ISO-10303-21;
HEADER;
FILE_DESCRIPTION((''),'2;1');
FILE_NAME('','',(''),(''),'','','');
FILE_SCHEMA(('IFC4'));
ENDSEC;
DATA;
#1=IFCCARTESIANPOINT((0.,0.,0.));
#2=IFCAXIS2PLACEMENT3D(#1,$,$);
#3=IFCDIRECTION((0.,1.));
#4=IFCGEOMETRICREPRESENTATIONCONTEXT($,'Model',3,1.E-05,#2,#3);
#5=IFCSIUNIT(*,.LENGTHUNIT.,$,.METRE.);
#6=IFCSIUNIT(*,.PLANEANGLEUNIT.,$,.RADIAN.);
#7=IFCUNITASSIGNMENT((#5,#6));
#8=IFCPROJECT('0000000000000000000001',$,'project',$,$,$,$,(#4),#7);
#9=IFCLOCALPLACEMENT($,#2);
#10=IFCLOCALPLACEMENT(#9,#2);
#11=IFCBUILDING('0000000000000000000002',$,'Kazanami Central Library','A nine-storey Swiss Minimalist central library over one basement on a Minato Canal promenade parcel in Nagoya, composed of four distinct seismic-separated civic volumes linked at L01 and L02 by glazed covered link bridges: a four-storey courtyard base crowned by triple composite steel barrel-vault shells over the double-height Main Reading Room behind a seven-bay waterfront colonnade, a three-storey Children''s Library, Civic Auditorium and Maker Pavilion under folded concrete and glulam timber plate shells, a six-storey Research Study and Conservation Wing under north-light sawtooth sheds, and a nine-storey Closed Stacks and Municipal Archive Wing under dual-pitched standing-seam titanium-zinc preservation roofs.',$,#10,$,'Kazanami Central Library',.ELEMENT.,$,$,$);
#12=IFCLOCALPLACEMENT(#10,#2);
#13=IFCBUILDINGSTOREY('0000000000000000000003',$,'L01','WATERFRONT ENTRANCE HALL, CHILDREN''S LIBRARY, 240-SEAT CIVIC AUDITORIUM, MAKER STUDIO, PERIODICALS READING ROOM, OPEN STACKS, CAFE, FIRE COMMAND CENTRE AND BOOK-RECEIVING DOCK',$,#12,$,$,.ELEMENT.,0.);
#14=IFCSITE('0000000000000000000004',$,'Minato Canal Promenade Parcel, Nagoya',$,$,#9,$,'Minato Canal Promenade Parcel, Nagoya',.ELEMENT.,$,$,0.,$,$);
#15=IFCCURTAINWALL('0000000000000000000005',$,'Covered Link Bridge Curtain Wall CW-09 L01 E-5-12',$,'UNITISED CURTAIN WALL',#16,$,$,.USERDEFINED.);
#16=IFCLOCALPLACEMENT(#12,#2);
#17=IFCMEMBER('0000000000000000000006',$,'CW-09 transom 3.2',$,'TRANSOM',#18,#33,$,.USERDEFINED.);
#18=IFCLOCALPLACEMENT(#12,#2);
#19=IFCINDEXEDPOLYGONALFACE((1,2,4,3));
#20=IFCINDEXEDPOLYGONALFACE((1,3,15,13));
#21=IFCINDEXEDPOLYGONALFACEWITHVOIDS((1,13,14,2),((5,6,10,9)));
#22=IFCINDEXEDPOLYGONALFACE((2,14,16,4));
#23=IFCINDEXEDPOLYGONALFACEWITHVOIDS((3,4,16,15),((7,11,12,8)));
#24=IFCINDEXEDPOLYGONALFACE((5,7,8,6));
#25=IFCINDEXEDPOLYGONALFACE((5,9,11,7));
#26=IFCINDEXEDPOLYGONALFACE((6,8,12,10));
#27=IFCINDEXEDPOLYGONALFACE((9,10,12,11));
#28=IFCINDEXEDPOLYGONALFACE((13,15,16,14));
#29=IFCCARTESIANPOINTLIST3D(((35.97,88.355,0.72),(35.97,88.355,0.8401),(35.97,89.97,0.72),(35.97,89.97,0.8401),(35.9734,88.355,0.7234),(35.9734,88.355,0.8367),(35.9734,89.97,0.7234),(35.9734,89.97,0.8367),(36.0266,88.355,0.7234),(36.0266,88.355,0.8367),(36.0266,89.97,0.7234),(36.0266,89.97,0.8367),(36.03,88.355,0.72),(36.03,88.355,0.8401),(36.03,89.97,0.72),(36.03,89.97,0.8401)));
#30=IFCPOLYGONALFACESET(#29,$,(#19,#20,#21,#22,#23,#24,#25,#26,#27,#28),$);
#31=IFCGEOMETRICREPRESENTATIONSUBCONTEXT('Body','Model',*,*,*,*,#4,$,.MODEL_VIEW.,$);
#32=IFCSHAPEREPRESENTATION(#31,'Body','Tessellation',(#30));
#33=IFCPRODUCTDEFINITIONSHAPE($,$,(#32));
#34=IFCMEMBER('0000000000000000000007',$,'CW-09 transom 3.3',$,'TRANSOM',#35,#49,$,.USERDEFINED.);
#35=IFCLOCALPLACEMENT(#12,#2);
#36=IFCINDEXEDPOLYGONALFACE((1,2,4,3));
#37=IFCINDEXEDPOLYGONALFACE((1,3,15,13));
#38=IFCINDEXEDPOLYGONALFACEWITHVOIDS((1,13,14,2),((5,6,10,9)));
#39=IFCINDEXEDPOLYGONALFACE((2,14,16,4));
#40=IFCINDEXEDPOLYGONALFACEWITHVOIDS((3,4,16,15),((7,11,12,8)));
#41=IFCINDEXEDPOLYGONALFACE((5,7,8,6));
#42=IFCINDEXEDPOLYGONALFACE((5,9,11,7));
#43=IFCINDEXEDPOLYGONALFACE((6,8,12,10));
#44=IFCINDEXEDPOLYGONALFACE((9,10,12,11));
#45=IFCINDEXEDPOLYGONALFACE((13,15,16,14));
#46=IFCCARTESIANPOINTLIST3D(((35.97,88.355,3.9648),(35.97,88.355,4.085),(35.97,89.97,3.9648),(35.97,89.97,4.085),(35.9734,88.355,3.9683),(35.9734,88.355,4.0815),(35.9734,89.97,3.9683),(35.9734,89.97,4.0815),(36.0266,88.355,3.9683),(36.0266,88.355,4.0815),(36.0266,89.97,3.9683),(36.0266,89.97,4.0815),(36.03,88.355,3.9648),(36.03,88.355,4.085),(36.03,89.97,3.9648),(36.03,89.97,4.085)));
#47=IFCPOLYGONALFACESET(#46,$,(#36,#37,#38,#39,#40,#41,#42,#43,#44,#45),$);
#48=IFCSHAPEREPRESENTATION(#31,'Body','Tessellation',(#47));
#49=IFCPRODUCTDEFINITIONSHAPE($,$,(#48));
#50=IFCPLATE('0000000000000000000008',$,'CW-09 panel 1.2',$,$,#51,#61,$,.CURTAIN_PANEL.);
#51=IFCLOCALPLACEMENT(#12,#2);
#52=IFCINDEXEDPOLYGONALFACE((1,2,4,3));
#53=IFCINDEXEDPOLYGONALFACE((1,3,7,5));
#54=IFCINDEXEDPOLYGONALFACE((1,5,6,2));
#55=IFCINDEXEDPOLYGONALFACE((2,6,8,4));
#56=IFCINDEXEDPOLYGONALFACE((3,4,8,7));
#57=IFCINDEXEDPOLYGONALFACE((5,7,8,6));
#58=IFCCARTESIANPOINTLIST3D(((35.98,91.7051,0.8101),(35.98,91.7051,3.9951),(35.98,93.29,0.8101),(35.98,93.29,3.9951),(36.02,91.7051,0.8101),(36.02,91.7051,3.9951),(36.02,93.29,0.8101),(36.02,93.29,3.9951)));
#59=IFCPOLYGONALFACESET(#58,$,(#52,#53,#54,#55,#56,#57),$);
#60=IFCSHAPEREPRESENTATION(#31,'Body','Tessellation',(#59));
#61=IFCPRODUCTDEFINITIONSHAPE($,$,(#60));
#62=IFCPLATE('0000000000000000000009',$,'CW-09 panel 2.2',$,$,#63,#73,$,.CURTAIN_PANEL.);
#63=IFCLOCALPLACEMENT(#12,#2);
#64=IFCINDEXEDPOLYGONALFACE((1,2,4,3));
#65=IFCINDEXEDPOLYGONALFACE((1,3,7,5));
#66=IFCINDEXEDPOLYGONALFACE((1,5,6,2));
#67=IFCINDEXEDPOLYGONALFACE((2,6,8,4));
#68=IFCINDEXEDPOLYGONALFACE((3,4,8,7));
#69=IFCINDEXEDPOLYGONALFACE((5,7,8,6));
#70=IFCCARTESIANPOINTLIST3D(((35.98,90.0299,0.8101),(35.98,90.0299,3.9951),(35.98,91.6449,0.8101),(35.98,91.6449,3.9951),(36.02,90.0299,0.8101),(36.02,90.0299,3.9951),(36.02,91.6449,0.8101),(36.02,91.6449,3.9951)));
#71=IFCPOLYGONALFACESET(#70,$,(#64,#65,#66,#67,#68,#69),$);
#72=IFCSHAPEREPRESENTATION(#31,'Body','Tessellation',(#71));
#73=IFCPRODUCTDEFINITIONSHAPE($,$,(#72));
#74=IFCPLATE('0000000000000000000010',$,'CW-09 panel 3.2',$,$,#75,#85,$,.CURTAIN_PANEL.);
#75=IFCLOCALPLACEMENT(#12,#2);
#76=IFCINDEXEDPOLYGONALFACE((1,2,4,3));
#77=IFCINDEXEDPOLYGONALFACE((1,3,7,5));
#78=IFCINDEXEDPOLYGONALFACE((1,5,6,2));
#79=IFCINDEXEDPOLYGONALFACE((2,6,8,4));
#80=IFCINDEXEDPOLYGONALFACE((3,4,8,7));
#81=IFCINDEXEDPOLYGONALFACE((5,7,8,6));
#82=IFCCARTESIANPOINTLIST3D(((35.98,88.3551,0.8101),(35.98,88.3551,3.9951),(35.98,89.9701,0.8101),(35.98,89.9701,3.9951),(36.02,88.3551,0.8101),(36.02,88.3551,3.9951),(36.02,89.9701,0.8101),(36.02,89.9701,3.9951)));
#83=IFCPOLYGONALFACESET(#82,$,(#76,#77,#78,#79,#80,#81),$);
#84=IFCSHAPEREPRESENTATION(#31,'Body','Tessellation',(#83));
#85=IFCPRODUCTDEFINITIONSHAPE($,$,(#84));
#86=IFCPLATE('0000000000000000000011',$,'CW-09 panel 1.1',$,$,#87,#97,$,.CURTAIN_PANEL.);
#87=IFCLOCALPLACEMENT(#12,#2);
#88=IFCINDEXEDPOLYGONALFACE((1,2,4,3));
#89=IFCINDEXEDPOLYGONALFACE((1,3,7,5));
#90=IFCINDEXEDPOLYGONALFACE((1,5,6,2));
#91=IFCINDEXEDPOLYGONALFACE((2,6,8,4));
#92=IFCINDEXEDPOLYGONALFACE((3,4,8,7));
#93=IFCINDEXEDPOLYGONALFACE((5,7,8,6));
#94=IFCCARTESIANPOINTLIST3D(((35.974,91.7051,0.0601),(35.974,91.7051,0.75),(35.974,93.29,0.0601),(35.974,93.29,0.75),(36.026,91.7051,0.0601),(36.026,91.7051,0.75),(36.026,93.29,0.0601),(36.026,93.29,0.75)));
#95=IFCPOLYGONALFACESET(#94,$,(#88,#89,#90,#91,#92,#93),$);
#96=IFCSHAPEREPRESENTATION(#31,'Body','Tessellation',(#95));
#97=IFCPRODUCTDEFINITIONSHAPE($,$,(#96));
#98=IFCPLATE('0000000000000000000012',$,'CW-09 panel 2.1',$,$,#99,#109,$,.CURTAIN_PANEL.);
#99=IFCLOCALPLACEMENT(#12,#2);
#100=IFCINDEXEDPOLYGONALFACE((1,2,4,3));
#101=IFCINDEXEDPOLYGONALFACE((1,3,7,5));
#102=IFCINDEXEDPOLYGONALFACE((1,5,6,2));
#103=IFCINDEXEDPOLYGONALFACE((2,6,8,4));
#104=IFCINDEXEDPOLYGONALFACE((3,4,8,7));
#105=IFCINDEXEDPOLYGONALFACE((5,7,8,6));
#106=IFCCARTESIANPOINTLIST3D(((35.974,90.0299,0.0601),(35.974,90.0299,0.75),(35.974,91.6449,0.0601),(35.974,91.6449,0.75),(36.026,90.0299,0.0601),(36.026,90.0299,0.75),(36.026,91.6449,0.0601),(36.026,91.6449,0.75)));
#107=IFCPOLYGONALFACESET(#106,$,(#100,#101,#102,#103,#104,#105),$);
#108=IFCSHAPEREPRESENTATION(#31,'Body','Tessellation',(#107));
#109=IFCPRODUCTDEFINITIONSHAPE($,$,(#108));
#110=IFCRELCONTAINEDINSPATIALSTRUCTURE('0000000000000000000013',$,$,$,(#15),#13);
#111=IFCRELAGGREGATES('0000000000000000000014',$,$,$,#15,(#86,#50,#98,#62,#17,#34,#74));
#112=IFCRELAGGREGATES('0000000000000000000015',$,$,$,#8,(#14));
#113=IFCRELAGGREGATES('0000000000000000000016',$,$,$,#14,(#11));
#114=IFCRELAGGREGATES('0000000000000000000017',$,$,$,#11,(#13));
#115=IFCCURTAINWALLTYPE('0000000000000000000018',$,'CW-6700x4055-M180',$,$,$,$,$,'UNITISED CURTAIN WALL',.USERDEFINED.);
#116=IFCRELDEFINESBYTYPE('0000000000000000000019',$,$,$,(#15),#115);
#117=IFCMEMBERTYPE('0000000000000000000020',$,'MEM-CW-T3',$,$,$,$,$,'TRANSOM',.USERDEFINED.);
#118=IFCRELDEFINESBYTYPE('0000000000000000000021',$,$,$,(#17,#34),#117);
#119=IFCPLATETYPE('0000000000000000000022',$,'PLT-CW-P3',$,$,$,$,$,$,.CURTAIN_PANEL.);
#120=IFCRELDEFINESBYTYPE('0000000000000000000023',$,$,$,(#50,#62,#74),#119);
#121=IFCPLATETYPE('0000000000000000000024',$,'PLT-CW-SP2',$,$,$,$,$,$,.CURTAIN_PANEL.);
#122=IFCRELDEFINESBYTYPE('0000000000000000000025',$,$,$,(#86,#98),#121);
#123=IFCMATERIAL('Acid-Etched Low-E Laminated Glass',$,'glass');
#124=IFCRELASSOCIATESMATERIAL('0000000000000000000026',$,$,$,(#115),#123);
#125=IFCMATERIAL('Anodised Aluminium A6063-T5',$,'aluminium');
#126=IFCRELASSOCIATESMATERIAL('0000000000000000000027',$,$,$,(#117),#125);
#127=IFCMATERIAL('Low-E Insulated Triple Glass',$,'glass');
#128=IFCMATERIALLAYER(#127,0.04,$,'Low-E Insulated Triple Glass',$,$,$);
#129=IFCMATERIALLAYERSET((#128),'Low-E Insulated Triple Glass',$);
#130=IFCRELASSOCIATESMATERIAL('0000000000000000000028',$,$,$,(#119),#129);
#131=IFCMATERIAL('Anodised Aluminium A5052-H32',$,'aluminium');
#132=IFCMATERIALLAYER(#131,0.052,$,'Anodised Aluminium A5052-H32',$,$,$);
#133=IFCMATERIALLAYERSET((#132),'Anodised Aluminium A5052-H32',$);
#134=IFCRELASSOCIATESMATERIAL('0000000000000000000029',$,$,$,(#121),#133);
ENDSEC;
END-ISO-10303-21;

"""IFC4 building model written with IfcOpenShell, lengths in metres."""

from ifc_helpers import new_model, si_unit, direction, frame, origin, origin_2d, place, context, subcontext, project, spatial, rectangle, hollow_rectangle, extrude, material, layer, layer_set, material_profile, profile_set, type_object, element, aggregate, save


model = new_model("IFC4")

# Units and contexts
model_context = context("Model", 3, precision=1e-05, world=origin(), true_north=direction((0.0, 1.0)))
body_context = subcontext(model_context, "Body", "Model", "MODEL_VIEW")
ifc_project = project(units=[si_unit("LENGTHUNIT", "METRE"), si_unit("PLANEANGLEUNIT", "RADIAN")], contexts=[model_context])

# Site, building, storey
site_placement = place(None, origin())
site = spatial("IfcSite", under=ifc_project, at=site_placement, Name="Minato Canal Promenade Parcel, Nagoya", LongName="Minato Canal Promenade Parcel, Nagoya", CompositionType="ELEMENT", RefElevation=0.0)
building_placement = place(site_placement, origin())
building = spatial("IfcBuilding", under=site, at=building_placement, Name="Kazanami Central Library", Description="A nine-storey Swiss Minimalist central library over one basement on a Minato Canal promenade parcel in Nagoya, composed of four distinct seismic-separated civic volumes linked at L01 and L02 by glazed covered link bridges: a four-storey courtyard base crowned by triple composite steel barrel-vault shells over the double-height Main Reading Room behind a seven-bay waterfront colonnade, a three-storey Children's Library, Civic Auditorium and Maker Pavilion under folded concrete and glulam timber plate shells, a six-storey Research Study and Conservation Wing under north-light sawtooth sheds, and a nine-storey Closed Stacks and Municipal Archive Wing under dual-pitched standing-seam titanium-zinc preservation roofs.", LongName="Kazanami Central Library", CompositionType="ELEMENT")
storey_placement = place(building_placement, origin())
storey = spatial("IfcBuildingStorey", under=building, at=storey_placement, Name="L01", Description="WATERFRONT ENTRANCE HALL, CHILDREN'S LIBRARY, 240-SEAT CIVIC AUDITORIUM, MAKER STUDIO, PERIODICALS READING ROOM, OPEN STACKS, CAFE, FIRE COMMAND CENTRE AND BOOK-RECEIVING DOCK", CompositionType="ELEMENT", Elevation=0.0)

# Curtain wall, members, plates
ifc_material_1 = material(Name="Acid-Etched Low-E Laminated Glass", Category="glass")
curtain_wall_type = type_object("IfcCurtainWallType", Name="CW-6700x4055-M180", ElementType="UNITISED CURTAIN WALL", PredefinedType="USERDEFINED", material=ifc_material_1)
curtain_wall_placement = place(storey_placement, origin())
curtain_wall = element("IfcCurtainWall", 1, at=curtain_wall_placement, inside=storey, type_object=curtain_wall_type, Name="Covered Link Bridge Curtain Wall CW-09 L01 E-5-12", ObjectType="UNITISED CURTAIN WALL", PredefinedType="USERDEFINED")
ifc_material_2 = material(Name="Anodised Aluminium A6063-T5", Category="aluminium")
ifc_material_profile_1 = material_profile(ifc_material_2, hollow_rectangle(XDim=0.0601, YDim=0.1201, WallThickness=0.0034, at=origin_2d()), Name="ALU-TRAN-60x120x3.5")
ifc_profile_set_1 = profile_set([ifc_material_profile_1], Name="Anodised Aluminium A6063-T5")
member_type_1 = type_object("IfcMemberType", Name="MEM-CW-T3", ElementType="TRANSOM", PredefinedType="USERDEFINED", material=ifc_profile_set_1)
member_1_placement = place(storey_placement, frame((36.0, 89.97, 0.78), z_axis=(0.0, -1.0, 0.0), x_axis=(1.0, 0.0, 0.0)))
member_1 = element("IfcMember", 2, at=member_1_placement, type_object=member_type_1, Name="CW-09 transom 3.2", ObjectType="TRANSOM", PredefinedType="USERDEFINED", context=body_context, shape_type="SweptSolid", body=[
    extrude(hollow_rectangle(XDim=0.0601, YDim=0.1201, WallThickness=0.0034, at=origin_2d()), origin(), (0.0, 0.0, 1.0), 1.615),
])
member_2_placement = place(storey_placement, frame((36.0, 89.97, 4.0249), z_axis=(0.0, -1.0, 0.0), x_axis=(1.0, 0.0, 0.0)))
member_2 = element("IfcMember", 3, at=member_2_placement, type_object=member_type_1, Name="CW-09 transom 3.3", ObjectType="TRANSOM", PredefinedType="USERDEFINED", context=body_context, shape_type="SweptSolid", body=[
    extrude(hollow_rectangle(XDim=0.0601, YDim=0.1201, WallThickness=0.0034, at=origin_2d()), origin(), (0.0, 0.0, 1.0), 1.615),
])
ifc_material_3 = material(Name="Low-E Insulated Triple Glass", Category="glass")
ifc_layer_1 = layer(ifc_material_3, 0.04, Name="Low-E Insulated Triple Glass")
ifc_layer_set_1 = layer_set([ifc_layer_1], Name="Low-E Insulated Triple Glass")
plate_type_1 = type_object("IfcPlateType", Name="PLT-CW-P3", PredefinedType="CURTAIN_PANEL", material=ifc_layer_set_1)
plate_1_placement = place(storey_placement, frame((36.0, 92.4976, 0.8101), z_axis=(0.0, 0.0, 1.0), x_axis=(0.0, -1.0, 0.0)))
plate_1 = element("IfcPlate", 4, at=plate_1_placement, type_object=plate_type_1, Name="CW-09 panel 1.2", PredefinedType="CURTAIN_PANEL", context=body_context, shape_type="SweptSolid", body=[
    extrude(rectangle(XDim=1.585, YDim=0.04, at=origin_2d()), origin(), (0.0, 0.0, 1.0), 3.1851),
])
plate_2_placement = place(storey_placement, frame((36.0, 90.8374, 0.8101), z_axis=(0.0, 0.0, 1.0), x_axis=(0.0, -1.0, 0.0)))
plate_2 = element("IfcPlate", 5, at=plate_2_placement, type_object=plate_type_1, Name="CW-09 panel 2.2", PredefinedType="CURTAIN_PANEL", context=body_context, shape_type="SweptSolid", body=[
    extrude(rectangle(XDim=1.615, YDim=0.04, at=origin_2d()), origin(), (0.0, 0.0, 1.0), 3.1851),
])
plate_3_placement = place(storey_placement, frame((36.0, 89.1626, 0.8101), z_axis=(0.0, 0.0, 1.0), x_axis=(0.0, -1.0, 0.0)))
plate_3 = element("IfcPlate", 6, at=plate_3_placement, type_object=plate_type_1, Name="CW-09 panel 3.2", PredefinedType="CURTAIN_PANEL", context=body_context, shape_type="SweptSolid", body=[
    extrude(rectangle(XDim=1.615, YDim=0.04, at=origin_2d()), origin(), (0.0, 0.0, 1.0), 3.1851),
])
ifc_material_4 = material(Name="Anodised Aluminium A5052-H32", Category="aluminium")
ifc_layer_2 = layer(ifc_material_4, 0.052, Name="Anodised Aluminium A5052-H32")
ifc_layer_set_2 = layer_set([ifc_layer_2], Name="Anodised Aluminium A5052-H32")
plate_type_2 = type_object("IfcPlateType", Name="PLT-CW-SP2", PredefinedType="CURTAIN_PANEL", material=ifc_layer_set_2)
plate_4_placement = place(storey_placement, frame((36.0, 92.4976, 0.0601), z_axis=(0.0, 0.0, 1.0), x_axis=(0.0, -1.0, 0.0)))
plate_4 = element("IfcPlate", 7, at=plate_4_placement, type_object=plate_type_2, Name="CW-09 panel 1.1", PredefinedType="CURTAIN_PANEL", context=body_context, shape_type="SweptSolid", body=[
    extrude(rectangle(XDim=1.585, YDim=0.052, at=origin_2d()), origin(), (0.0, 0.0, 1.0), 0.6899),
])
plate_5_placement = place(storey_placement, frame((36.0, 90.8374, 0.0601), z_axis=(0.0, 0.0, 1.0), x_axis=(0.0, -1.0, 0.0)))
plate_5 = element("IfcPlate", 8, at=plate_5_placement, type_object=plate_type_2, Name="CW-09 panel 2.1", PredefinedType="CURTAIN_PANEL", context=body_context, shape_type="SweptSolid", body=[
    extrude(rectangle(XDim=1.615, YDim=0.052, at=origin_2d()), origin(), (0.0, 0.0, 1.0), 0.6899),
])
aggregate(curtain_wall, [plate_4, plate_1, plate_5, plate_2, member_1, member_2, plate_3])

save(model, "model.ifc")
